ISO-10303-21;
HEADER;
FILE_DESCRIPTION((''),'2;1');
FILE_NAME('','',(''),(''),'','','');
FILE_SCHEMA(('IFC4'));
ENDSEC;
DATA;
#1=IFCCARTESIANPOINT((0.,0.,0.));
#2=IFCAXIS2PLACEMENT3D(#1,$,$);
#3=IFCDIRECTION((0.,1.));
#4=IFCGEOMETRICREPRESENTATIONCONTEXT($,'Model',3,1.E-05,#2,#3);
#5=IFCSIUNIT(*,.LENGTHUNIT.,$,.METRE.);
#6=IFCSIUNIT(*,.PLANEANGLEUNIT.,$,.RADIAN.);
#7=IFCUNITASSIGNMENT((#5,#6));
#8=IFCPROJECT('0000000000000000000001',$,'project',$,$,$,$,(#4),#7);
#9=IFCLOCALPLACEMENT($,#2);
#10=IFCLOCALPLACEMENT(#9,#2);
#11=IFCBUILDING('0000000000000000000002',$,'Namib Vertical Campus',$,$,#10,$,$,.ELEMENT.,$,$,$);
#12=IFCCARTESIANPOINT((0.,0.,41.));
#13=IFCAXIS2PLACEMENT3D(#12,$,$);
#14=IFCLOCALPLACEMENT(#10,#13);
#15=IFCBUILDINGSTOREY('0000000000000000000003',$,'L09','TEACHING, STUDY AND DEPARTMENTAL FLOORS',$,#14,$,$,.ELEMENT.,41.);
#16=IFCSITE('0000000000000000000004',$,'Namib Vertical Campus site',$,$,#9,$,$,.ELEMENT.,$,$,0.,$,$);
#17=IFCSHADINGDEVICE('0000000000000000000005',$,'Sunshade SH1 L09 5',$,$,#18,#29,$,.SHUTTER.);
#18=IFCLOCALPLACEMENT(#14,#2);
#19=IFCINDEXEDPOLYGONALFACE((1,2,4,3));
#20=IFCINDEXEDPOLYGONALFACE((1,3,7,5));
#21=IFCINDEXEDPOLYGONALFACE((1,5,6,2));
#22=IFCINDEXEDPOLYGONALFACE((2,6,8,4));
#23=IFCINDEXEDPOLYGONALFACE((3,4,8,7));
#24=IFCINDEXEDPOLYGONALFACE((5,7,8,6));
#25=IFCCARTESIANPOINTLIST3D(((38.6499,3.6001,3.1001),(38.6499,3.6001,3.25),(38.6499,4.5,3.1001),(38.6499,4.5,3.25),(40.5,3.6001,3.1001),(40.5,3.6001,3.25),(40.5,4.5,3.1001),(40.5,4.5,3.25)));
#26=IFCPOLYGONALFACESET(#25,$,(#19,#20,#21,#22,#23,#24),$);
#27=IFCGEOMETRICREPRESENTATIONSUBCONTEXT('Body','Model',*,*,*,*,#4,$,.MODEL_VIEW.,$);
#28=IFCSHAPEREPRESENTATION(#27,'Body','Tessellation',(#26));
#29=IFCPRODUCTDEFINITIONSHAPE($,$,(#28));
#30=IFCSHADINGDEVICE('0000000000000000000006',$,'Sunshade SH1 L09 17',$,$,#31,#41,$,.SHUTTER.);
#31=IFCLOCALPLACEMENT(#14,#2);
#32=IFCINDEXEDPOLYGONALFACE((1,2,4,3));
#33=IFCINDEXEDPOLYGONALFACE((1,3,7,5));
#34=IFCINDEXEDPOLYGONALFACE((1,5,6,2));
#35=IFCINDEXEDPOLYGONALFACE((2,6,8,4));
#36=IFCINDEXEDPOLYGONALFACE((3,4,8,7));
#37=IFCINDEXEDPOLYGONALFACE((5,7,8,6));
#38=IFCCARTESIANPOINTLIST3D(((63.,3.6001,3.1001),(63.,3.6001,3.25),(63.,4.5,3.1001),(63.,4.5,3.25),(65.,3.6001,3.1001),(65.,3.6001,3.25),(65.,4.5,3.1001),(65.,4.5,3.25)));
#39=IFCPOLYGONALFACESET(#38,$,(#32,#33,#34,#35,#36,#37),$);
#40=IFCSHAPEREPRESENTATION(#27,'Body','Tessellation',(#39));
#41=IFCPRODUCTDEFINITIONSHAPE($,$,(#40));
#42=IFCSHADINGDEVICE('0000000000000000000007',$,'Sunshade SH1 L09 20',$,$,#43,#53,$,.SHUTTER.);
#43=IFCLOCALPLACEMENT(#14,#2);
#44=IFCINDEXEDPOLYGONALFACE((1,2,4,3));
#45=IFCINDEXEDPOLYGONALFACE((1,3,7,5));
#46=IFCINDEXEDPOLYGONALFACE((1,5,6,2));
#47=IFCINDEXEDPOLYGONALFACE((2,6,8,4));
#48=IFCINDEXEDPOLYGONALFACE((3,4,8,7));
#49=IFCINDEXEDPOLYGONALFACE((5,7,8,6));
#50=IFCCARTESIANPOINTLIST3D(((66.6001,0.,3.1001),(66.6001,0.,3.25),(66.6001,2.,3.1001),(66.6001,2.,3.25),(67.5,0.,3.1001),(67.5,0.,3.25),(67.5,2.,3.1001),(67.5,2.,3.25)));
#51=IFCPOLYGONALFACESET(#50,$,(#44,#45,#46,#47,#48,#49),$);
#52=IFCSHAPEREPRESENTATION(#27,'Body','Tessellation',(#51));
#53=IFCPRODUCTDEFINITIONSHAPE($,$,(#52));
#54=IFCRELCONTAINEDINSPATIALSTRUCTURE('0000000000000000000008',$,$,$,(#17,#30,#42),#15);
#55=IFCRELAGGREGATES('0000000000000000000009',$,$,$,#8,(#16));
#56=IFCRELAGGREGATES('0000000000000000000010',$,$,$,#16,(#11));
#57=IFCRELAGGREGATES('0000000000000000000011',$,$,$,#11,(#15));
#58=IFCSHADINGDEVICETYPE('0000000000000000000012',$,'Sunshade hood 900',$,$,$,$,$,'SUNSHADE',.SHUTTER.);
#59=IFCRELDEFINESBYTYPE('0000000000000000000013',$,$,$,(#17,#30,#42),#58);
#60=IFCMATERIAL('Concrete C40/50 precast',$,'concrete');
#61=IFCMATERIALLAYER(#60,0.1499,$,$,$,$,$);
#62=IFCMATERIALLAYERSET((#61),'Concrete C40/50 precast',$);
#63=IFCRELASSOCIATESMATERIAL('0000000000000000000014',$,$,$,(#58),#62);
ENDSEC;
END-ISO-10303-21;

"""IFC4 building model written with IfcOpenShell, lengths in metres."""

from ifc_helpers import new_model, si_unit, direction, frame, origin, origin_2d, place, context, subcontext, project, spatial, rectangle, extrude, material, layer, layer_set, type_object, element, save


model = new_model("IFC4")

# Units and contexts
model_context = context("Model", 3, precision=1e-05, world=origin(), true_north=direction((0.0, 1.0)))
body_context = subcontext(model_context, "Body", "Model", "MODEL_VIEW")
ifc_project = project(units=[si_unit("LENGTHUNIT", "METRE"), si_unit("PLANEANGLEUNIT", "RADIAN")], contexts=[model_context])

# Site, building, storey
site_placement = place(None, origin())
site = spatial("IfcSite", under=ifc_project, at=site_placement, Name="Namib Vertical Campus site", CompositionType="ELEMENT", RefElevation=0.0)
building_placement = place(site_placement, origin())
building = spatial("IfcBuilding", under=site, at=building_placement, Name="Namib Vertical Campus", CompositionType="ELEMENT")
storey_placement = place(building_placement, frame((0.0, 0.0, 41.0)))
storey = spatial("IfcBuildingStorey", under=building, at=storey_placement, Name="L09", Description="TEACHING, STUDY AND DEPARTMENTAL FLOORS", CompositionType="ELEMENT", Elevation=41.0)

# Shading devices
ifc_material_1 = material(Name="Concrete C40/50 precast", Category="concrete")
ifc_layer_1 = layer(ifc_material_1, 0.1499)
ifc_layer_set_1 = layer_set([ifc_layer_1], Name="Concrete C40/50 precast")
shading_device_type = type_object("IfcShadingDeviceType", Name="Sunshade hood 900", ElementType="SUNSHADE", PredefinedType="SHUTTER", material=ifc_layer_set_1)
shading_device_placement = place(storey_placement, frame((39.575, 4.05, 3.1001), z_axis=(0.0, 0.0, 1.0), x_axis=(1.0, 0.0, 0.0)))
element("IfcShadingDevice", 1, at=shading_device_placement, inside=storey, type_object=shading_device_type, Name="Sunshade SH1 L09 5", PredefinedType="SHUTTER", context=body_context, shape_type="SweptSolid", body=[
    extrude(rectangle(XDim=1.8501, YDim=0.8999, at=origin_2d()), origin(), (0.0, 0.0, 1.0), 0.1499),
])
for number, where, z_axis, x_axis, name in (
    (2, (64.0, 4.05, 3.1001), (0.0, 0.0, 1.0), (1.0, 0.0, 0.0), "Sunshade SH1 L09 17"),
    (3, (67.05, 1.0, 3.1001), (0.0, 0.0, 1.0), (0.0, -1.0, 0.0), "Sunshade SH1 L09 20"),
):
    element("IfcShadingDevice", number, at=place(storey_placement, frame(where, z_axis=z_axis, x_axis=x_axis)), inside=storey, type_object=shading_device_type, Name=name, PredefinedType="SHUTTER", context=body_context, shape_type="SweptSolid", body=[
        extrude(rectangle(XDim=2.0, YDim=0.8999, at=origin_2d()), origin(), (0.0, 0.0, 1.0), 0.1499),
    ])

save(model, "model.ifc")
